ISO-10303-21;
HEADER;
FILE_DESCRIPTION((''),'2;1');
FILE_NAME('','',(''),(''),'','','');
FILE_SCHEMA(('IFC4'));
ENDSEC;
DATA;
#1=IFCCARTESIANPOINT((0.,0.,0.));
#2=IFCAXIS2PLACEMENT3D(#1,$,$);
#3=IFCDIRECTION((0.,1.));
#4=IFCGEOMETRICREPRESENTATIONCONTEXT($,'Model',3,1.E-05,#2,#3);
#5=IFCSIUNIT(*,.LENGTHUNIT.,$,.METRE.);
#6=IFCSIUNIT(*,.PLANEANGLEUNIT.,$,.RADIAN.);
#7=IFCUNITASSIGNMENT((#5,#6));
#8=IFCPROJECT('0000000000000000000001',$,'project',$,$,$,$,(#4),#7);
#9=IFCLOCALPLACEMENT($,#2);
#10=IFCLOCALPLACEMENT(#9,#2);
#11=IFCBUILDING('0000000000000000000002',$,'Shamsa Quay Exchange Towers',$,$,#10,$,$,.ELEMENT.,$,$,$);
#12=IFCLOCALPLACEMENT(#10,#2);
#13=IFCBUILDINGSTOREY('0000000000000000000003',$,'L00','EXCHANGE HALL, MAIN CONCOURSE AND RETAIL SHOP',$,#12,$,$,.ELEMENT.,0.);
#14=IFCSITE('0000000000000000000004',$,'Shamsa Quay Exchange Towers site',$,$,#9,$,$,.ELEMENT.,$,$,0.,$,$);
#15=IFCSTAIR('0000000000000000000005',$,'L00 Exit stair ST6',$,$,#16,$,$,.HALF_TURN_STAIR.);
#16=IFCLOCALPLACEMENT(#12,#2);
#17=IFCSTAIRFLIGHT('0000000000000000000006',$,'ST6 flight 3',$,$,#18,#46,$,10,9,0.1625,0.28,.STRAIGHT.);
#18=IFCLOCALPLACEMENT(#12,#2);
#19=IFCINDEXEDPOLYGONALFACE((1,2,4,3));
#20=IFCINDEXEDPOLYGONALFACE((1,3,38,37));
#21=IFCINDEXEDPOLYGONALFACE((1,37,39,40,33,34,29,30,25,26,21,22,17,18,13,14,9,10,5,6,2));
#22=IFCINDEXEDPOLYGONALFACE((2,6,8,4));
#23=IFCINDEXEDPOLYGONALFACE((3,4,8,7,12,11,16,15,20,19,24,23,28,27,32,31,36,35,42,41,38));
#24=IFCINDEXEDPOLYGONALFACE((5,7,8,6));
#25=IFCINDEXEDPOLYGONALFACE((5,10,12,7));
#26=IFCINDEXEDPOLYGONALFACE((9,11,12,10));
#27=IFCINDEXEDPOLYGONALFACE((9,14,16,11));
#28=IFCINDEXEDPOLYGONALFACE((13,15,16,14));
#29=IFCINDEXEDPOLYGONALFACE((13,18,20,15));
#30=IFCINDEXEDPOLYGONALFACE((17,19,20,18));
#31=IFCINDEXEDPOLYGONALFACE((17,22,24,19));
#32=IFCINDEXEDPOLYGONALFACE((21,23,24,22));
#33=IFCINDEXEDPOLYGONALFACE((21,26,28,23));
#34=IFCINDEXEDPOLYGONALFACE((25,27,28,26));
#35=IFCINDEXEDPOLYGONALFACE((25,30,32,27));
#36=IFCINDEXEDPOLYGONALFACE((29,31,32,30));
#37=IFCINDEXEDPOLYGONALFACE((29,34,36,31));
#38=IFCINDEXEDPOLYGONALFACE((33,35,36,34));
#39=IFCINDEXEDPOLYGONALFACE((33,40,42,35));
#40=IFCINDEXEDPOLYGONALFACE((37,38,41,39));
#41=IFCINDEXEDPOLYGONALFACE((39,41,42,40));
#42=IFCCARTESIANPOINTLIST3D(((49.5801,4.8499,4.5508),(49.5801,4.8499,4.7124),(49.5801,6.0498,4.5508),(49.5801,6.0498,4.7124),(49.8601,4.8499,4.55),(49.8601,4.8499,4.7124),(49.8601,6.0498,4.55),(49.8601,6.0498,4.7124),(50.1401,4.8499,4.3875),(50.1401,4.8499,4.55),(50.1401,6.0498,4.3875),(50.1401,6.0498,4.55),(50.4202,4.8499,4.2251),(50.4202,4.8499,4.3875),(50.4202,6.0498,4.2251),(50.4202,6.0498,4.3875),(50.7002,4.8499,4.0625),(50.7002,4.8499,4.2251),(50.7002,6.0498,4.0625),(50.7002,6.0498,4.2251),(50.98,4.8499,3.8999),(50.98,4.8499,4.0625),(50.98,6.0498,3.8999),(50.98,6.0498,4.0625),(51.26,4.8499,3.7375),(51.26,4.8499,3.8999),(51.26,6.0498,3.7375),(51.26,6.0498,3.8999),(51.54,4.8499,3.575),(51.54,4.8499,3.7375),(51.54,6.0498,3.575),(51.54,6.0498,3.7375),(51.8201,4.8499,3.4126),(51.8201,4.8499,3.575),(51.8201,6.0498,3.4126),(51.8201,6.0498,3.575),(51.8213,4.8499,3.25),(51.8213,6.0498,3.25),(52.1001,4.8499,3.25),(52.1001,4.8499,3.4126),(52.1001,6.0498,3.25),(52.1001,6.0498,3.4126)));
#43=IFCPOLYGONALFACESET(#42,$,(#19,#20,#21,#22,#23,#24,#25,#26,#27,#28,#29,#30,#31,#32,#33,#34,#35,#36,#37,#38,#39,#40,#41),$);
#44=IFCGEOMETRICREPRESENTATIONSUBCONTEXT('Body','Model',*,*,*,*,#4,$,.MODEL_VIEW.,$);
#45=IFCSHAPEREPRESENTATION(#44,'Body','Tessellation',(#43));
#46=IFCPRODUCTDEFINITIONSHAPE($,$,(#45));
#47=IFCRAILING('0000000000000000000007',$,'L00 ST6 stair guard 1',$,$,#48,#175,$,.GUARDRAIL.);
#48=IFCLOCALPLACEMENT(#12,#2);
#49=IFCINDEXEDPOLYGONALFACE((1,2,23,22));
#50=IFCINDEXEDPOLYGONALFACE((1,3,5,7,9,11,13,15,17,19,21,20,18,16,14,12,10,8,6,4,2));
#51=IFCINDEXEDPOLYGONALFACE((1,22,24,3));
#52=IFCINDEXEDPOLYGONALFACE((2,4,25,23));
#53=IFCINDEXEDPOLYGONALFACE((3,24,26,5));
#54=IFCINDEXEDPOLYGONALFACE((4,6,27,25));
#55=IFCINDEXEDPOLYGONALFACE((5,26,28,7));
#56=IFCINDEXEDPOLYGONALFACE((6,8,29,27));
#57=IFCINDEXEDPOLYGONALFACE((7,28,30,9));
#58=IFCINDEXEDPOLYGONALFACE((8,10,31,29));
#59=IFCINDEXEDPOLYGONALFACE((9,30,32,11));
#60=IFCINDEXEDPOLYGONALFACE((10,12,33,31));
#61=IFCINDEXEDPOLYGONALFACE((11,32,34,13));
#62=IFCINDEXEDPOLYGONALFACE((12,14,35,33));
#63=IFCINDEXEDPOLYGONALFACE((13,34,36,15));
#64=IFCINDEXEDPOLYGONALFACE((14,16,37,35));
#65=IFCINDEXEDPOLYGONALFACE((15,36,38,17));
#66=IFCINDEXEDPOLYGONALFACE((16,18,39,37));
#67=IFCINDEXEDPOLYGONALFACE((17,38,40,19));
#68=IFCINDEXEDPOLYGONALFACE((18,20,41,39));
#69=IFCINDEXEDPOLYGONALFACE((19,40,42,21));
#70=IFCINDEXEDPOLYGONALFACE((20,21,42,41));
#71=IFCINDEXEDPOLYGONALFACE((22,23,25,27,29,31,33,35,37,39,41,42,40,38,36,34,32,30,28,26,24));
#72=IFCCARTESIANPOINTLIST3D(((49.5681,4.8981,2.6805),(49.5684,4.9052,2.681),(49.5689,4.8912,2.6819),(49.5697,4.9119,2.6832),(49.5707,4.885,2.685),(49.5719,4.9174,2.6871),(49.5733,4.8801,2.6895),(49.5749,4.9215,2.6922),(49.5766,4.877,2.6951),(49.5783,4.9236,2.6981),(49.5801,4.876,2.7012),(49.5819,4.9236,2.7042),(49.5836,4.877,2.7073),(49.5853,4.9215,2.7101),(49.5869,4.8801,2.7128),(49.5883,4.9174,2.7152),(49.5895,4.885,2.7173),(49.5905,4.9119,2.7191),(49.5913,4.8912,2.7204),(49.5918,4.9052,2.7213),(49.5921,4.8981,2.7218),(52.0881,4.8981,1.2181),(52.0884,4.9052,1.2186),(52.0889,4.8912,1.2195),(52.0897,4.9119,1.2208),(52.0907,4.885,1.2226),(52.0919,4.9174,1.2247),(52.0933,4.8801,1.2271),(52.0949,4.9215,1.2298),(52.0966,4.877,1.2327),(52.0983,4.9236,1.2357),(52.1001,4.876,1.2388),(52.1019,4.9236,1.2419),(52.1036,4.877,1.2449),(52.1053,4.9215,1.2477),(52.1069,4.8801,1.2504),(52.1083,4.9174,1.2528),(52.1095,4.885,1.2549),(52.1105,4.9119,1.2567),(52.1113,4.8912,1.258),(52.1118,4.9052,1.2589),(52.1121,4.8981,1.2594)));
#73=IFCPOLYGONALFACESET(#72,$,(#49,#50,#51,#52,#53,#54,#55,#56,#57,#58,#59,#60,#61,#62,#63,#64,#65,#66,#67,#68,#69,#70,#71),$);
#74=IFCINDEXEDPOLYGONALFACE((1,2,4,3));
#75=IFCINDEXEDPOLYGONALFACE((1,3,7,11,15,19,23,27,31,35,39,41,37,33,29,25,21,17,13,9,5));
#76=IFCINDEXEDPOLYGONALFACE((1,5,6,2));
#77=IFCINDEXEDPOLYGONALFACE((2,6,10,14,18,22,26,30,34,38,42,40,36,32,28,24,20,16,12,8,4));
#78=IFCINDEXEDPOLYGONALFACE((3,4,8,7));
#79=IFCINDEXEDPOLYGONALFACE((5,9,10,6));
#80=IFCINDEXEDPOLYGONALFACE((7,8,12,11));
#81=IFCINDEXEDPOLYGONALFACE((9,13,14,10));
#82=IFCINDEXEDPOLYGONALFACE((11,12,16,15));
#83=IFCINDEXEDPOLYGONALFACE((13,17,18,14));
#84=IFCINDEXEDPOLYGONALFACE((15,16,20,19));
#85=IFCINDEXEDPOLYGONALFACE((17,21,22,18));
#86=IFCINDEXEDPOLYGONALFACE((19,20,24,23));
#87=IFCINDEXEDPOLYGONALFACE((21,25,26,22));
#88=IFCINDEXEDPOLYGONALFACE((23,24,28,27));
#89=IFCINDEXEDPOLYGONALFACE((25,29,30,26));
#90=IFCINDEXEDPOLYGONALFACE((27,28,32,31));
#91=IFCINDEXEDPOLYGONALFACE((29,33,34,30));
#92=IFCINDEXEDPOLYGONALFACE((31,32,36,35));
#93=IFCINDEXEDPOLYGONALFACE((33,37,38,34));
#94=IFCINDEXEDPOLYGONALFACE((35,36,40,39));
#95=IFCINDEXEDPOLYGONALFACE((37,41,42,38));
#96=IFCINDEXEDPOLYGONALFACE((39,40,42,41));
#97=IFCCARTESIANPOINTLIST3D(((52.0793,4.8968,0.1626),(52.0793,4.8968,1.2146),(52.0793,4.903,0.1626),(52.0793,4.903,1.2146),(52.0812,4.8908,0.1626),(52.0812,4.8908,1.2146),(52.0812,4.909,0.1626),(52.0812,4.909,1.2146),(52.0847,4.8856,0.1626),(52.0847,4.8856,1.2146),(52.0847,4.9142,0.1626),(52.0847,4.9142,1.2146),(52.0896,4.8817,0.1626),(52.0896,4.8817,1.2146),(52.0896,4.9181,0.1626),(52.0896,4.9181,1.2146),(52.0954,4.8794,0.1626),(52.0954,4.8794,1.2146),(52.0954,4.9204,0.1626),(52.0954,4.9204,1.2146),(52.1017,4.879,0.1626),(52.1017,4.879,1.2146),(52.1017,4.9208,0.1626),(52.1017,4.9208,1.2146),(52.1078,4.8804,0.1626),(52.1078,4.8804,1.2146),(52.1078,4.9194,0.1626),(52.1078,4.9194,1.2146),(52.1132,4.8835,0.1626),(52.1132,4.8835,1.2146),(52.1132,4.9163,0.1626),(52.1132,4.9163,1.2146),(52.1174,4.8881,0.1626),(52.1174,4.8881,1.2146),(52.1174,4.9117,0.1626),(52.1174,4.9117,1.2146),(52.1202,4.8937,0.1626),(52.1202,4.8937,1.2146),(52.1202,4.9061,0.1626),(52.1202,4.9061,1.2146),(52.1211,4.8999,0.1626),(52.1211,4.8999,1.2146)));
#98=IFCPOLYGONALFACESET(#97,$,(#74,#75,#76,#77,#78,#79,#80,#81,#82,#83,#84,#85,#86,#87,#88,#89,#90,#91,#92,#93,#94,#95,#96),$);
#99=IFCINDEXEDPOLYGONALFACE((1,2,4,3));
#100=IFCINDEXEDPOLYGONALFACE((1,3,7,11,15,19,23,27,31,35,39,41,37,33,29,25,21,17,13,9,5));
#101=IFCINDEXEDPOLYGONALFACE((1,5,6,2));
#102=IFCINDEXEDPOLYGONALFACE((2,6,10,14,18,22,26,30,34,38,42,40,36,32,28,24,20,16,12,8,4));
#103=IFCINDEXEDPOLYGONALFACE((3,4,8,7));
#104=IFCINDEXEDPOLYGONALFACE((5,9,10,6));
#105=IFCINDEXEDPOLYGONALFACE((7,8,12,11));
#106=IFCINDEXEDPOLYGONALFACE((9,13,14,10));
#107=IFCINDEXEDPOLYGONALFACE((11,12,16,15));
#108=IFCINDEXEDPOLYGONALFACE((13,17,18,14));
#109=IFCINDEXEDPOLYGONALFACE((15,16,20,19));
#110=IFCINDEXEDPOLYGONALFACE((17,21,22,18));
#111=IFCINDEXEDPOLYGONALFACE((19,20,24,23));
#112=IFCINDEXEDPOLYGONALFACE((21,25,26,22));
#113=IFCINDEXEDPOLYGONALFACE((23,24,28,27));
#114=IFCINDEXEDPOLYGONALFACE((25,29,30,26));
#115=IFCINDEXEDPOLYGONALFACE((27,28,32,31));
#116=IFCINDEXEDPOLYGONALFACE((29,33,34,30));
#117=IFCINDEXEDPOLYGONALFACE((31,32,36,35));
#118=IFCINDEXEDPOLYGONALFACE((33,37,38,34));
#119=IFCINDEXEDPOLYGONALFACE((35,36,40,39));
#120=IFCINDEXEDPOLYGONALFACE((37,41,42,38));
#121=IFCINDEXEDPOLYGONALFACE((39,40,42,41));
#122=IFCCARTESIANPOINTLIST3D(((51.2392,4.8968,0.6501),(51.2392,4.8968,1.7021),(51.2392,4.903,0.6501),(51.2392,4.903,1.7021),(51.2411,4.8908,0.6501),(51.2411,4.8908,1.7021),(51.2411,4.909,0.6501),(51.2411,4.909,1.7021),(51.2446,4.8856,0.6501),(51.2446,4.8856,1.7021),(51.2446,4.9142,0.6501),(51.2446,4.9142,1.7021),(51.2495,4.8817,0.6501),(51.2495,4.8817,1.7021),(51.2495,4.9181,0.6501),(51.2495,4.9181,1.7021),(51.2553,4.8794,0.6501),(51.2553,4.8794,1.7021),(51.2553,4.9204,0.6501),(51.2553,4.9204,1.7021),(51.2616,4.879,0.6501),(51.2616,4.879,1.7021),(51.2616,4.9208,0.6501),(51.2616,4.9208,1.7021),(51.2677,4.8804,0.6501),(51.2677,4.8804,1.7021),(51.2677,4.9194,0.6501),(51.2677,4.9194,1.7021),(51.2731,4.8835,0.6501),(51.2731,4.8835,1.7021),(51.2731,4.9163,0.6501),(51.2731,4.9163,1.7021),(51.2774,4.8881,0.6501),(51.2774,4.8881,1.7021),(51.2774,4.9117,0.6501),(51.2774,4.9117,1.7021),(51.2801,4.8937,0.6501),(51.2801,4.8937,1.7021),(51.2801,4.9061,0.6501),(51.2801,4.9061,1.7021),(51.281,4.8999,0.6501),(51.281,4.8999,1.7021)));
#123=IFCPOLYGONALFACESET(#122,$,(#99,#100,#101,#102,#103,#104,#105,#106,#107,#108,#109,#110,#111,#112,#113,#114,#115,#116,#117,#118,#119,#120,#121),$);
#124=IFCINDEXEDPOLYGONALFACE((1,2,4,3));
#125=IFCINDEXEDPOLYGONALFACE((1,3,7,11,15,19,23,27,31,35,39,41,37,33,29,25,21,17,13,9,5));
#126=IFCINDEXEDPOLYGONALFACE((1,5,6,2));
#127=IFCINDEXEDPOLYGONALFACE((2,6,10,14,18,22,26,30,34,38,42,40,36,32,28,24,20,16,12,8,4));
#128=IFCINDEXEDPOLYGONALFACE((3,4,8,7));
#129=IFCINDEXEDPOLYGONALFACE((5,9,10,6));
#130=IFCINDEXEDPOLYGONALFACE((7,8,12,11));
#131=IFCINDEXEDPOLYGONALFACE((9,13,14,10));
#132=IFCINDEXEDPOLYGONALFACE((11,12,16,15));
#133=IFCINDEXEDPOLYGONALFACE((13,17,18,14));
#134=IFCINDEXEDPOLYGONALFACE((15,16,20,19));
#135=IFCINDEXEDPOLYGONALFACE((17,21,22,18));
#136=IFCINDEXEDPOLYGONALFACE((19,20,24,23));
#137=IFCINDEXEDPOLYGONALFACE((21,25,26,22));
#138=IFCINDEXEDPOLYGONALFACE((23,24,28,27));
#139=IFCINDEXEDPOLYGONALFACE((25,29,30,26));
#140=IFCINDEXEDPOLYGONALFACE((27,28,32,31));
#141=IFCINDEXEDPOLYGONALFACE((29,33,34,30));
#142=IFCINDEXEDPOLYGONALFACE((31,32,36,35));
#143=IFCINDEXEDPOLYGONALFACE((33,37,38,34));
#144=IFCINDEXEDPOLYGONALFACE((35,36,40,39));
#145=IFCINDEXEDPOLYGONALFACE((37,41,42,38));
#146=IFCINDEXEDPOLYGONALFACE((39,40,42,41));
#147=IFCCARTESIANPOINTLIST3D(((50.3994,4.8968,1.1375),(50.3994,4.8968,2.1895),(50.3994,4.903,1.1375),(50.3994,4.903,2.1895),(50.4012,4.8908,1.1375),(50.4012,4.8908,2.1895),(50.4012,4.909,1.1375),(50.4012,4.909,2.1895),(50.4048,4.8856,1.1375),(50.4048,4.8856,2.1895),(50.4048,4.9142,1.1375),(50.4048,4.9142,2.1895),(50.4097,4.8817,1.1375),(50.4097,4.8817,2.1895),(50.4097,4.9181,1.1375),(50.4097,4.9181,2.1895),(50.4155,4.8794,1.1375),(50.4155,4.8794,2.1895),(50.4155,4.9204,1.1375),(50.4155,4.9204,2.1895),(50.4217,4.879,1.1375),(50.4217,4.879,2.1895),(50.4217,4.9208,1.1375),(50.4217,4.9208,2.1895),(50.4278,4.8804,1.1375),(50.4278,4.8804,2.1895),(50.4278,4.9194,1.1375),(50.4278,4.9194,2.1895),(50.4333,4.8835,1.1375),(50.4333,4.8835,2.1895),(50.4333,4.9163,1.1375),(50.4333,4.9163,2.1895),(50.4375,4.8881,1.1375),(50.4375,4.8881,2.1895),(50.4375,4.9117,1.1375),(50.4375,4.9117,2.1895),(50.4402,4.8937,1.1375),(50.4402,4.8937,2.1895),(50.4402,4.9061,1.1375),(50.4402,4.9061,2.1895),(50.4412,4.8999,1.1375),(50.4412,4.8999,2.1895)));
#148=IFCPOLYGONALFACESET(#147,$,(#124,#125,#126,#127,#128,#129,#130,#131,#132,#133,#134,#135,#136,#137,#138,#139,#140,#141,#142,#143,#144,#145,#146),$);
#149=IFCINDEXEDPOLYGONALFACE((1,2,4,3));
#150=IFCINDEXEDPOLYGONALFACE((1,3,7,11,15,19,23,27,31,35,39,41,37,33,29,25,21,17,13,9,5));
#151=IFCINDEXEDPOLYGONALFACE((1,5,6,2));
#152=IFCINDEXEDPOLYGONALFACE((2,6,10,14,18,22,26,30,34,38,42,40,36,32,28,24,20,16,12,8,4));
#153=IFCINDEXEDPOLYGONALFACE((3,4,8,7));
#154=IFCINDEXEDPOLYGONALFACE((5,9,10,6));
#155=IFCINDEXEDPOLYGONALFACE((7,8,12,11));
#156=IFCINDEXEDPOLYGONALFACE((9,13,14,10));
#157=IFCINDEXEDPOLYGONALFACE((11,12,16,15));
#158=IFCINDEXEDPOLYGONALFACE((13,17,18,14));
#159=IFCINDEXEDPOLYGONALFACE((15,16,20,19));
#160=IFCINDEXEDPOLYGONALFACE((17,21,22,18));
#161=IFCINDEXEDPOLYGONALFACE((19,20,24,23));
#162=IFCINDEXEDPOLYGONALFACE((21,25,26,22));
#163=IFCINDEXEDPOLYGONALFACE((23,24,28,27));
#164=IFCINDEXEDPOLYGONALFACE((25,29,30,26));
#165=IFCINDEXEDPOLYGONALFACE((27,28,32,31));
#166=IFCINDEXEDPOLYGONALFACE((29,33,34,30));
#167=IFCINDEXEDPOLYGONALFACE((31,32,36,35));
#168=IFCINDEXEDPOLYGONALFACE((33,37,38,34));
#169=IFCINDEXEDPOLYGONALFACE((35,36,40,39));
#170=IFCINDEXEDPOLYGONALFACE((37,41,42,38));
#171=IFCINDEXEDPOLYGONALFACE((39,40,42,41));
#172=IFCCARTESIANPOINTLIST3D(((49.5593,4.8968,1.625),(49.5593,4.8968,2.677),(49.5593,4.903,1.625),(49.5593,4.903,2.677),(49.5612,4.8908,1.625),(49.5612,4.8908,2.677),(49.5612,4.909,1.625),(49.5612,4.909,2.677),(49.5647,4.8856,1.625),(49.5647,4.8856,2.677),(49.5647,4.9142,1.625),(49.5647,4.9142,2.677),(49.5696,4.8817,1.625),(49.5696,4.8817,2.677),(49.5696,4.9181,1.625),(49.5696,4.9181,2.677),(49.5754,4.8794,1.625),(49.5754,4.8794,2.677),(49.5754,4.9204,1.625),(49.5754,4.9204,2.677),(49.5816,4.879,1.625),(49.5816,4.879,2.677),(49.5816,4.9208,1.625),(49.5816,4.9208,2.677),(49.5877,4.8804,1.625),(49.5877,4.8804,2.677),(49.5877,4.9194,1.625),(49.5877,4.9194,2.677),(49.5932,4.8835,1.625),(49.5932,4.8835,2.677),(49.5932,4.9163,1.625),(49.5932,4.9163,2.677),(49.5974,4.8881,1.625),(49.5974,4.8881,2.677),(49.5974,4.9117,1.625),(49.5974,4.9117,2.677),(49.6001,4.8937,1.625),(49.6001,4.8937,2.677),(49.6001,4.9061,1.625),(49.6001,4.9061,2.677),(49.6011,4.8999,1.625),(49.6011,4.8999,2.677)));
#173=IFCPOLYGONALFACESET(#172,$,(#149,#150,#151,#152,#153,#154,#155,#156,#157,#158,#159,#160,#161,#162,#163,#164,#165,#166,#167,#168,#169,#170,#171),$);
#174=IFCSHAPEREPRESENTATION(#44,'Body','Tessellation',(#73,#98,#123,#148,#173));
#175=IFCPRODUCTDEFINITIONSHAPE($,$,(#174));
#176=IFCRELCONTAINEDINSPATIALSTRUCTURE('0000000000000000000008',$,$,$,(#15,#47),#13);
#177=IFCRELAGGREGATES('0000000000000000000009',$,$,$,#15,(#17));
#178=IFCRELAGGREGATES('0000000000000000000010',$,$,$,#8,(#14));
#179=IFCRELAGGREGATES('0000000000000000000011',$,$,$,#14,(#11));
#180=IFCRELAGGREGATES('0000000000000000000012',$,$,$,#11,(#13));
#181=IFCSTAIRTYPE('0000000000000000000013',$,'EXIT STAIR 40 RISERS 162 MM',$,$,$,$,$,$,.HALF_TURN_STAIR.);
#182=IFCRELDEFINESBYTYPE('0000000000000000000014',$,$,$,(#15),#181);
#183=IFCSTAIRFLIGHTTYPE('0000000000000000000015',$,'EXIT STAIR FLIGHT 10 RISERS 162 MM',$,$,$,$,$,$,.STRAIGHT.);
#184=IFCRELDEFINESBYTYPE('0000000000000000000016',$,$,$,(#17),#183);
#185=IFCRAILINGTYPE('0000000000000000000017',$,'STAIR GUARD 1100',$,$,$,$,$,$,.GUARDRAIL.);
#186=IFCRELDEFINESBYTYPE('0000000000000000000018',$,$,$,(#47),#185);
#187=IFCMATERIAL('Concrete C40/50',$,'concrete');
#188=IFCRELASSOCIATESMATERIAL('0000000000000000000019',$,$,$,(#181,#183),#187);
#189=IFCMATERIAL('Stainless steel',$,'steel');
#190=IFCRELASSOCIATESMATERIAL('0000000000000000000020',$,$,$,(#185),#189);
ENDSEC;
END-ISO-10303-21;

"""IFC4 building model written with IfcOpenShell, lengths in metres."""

from ifc_helpers import new_model, si_unit, direction, frame, origin, origin_2d, place, context, subcontext, project, spatial, polyline, circle, outline, extrude, material, type_object, element, aggregate, save


model = new_model("IFC4")

# Units and contexts
model_context = context("Model", 3, precision=1e-05, world=origin(), true_north=direction((0.0, 1.0)))
body_context = subcontext(model_context, "Body", "Model", "MODEL_VIEW")
ifc_project = project(units=[si_unit("LENGTHUNIT", "METRE"), si_unit("PLANEANGLEUNIT", "RADIAN")], contexts=[model_context])

# Site, building, storey
site_placement = place(None, origin())
site = spatial("IfcSite", under=ifc_project, at=site_placement, Name="Shamsa Quay Exchange Towers site", CompositionType="ELEMENT", RefElevation=0.0)
building_placement = place(site_placement, origin())
building = spatial("IfcBuilding", under=site, at=building_placement, Name="Shamsa Quay Exchange Towers", CompositionType="ELEMENT")
storey_placement = place(building_placement, origin())
storey = spatial("IfcBuildingStorey", under=building, at=storey_placement, Name="L00", Description="EXCHANGE HALL, MAIN CONCOURSE AND RETAIL SHOP", CompositionType="ELEMENT", Elevation=0.0)

# Shared definitions
ifc_material_1 = material(Name="Concrete C40/50", Category="concrete")

# Stair, stair flight
stair_type = type_object("IfcStairType", Name="EXIT STAIR 40 RISERS 162 MM", PredefinedType="HALF_TURN_STAIR", material=ifc_material_1)
stair_placement = place(storey_placement, origin())
stair = element("IfcStair", 1, at=stair_placement, inside=storey, type_object=stair_type, Name="L00 Exit stair ST6", PredefinedType="HALF_TURN_STAIR")
stair_flight_type = type_object("IfcStairFlightType", Name="EXIT STAIR FLIGHT 10 RISERS 162 MM", PredefinedType="STRAIGHT", material=ifc_material_1)
stair_flight_1_placement = place(storey_placement, frame((52.1001, 5.45, 3.25), z_axis=(0.0, 0.0, 1.0), x_axis=(-1.0, 0.0, 0.0)))
stair_flight_1 = element("IfcStairFlight", 2, at=stair_flight_1_placement, type_object=stair_flight_type, Name="ST6 flight 3", NumberOfRisers=10, NumberOfTreads=9, PredefinedType="STRAIGHT", RiserHeight=0.1625, TreadLength=0.28, context=body_context, shape_type="SweptSolid", body=[
    extrude(outline(polyline([(0.0, 0.0), (0.0, 0.1626), (0.28, 0.1626), (0.28, 0.325), (0.5601, 0.325), (0.5601, 0.4875), (0.8401, 0.4875), (0.8401, 0.6499), (1.1201, 0.6499), (1.1201, 0.8125), (1.3999, 0.8125), (1.3999, 0.9751), (1.6799, 0.9751), (1.6799, 1.1375), (1.96, 1.1375), (1.96, 1.3), (2.24, 1.3), (2.24, 1.4624), (2.52, 1.4624), (2.52, 1.625), (2.52, 1.3008), (0.2788, 0.0), (0.0, 0.0)])), frame((0.0, 0.6001, 0.0), z_axis=(0.0, -1.0, 0.0), x_axis=(1.0, 0.0, 0.0)), (0.0, 0.0, 1.0), 1.2),
])
aggregate(stair, [stair_flight_1])

# Railing
ifc_material_2 = material(Name="Stainless steel", Category="steel")
railing_type = type_object("IfcRailingType", Name="STAIR GUARD 1100", PredefinedType="GUARDRAIL", material=ifc_material_2)
railing_1_placement = place(storey_placement, frame((52.1001, 4.8999, 0.1626)))
element("IfcRailing", 3, at=railing_1_placement, inside=storey, type_object=railing_type, Name="L00 ST6 stair guard 1", PredefinedType="GUARDRAIL", context=body_context, shape_type="SweptSolid", body=[
    extrude(circle(Radius=0.0239, at=origin_2d()), frame((0.0, 0.0, 1.0762), z_axis=(-0.864913, 0.0, 0.501921), x_axis=(0.0, -1.0, 0.0)), (0.0, 0.0, 1.0), 2.9136),
    extrude(circle(Radius=0.021, at=origin_2d()), origin(), (0.0, 0.0, 1.0), 1.052),
    extrude(circle(Radius=0.021, at=origin_2d()), frame((-0.8401, 0.0, 0.4875)), (0.0, 0.0, 1.0), 1.052),
    extrude(circle(Radius=0.021, at=origin_2d()), frame((-1.6799, 0.0, 0.9749)), (0.0, 0.0, 1.0), 1.052),
    extrude(circle(Radius=0.021, at=origin_2d()), frame((-2.52, 0.0, 1.4624)), (0.0, 0.0, 1.0), 1.052),
])

save(model, "model.ifc")
